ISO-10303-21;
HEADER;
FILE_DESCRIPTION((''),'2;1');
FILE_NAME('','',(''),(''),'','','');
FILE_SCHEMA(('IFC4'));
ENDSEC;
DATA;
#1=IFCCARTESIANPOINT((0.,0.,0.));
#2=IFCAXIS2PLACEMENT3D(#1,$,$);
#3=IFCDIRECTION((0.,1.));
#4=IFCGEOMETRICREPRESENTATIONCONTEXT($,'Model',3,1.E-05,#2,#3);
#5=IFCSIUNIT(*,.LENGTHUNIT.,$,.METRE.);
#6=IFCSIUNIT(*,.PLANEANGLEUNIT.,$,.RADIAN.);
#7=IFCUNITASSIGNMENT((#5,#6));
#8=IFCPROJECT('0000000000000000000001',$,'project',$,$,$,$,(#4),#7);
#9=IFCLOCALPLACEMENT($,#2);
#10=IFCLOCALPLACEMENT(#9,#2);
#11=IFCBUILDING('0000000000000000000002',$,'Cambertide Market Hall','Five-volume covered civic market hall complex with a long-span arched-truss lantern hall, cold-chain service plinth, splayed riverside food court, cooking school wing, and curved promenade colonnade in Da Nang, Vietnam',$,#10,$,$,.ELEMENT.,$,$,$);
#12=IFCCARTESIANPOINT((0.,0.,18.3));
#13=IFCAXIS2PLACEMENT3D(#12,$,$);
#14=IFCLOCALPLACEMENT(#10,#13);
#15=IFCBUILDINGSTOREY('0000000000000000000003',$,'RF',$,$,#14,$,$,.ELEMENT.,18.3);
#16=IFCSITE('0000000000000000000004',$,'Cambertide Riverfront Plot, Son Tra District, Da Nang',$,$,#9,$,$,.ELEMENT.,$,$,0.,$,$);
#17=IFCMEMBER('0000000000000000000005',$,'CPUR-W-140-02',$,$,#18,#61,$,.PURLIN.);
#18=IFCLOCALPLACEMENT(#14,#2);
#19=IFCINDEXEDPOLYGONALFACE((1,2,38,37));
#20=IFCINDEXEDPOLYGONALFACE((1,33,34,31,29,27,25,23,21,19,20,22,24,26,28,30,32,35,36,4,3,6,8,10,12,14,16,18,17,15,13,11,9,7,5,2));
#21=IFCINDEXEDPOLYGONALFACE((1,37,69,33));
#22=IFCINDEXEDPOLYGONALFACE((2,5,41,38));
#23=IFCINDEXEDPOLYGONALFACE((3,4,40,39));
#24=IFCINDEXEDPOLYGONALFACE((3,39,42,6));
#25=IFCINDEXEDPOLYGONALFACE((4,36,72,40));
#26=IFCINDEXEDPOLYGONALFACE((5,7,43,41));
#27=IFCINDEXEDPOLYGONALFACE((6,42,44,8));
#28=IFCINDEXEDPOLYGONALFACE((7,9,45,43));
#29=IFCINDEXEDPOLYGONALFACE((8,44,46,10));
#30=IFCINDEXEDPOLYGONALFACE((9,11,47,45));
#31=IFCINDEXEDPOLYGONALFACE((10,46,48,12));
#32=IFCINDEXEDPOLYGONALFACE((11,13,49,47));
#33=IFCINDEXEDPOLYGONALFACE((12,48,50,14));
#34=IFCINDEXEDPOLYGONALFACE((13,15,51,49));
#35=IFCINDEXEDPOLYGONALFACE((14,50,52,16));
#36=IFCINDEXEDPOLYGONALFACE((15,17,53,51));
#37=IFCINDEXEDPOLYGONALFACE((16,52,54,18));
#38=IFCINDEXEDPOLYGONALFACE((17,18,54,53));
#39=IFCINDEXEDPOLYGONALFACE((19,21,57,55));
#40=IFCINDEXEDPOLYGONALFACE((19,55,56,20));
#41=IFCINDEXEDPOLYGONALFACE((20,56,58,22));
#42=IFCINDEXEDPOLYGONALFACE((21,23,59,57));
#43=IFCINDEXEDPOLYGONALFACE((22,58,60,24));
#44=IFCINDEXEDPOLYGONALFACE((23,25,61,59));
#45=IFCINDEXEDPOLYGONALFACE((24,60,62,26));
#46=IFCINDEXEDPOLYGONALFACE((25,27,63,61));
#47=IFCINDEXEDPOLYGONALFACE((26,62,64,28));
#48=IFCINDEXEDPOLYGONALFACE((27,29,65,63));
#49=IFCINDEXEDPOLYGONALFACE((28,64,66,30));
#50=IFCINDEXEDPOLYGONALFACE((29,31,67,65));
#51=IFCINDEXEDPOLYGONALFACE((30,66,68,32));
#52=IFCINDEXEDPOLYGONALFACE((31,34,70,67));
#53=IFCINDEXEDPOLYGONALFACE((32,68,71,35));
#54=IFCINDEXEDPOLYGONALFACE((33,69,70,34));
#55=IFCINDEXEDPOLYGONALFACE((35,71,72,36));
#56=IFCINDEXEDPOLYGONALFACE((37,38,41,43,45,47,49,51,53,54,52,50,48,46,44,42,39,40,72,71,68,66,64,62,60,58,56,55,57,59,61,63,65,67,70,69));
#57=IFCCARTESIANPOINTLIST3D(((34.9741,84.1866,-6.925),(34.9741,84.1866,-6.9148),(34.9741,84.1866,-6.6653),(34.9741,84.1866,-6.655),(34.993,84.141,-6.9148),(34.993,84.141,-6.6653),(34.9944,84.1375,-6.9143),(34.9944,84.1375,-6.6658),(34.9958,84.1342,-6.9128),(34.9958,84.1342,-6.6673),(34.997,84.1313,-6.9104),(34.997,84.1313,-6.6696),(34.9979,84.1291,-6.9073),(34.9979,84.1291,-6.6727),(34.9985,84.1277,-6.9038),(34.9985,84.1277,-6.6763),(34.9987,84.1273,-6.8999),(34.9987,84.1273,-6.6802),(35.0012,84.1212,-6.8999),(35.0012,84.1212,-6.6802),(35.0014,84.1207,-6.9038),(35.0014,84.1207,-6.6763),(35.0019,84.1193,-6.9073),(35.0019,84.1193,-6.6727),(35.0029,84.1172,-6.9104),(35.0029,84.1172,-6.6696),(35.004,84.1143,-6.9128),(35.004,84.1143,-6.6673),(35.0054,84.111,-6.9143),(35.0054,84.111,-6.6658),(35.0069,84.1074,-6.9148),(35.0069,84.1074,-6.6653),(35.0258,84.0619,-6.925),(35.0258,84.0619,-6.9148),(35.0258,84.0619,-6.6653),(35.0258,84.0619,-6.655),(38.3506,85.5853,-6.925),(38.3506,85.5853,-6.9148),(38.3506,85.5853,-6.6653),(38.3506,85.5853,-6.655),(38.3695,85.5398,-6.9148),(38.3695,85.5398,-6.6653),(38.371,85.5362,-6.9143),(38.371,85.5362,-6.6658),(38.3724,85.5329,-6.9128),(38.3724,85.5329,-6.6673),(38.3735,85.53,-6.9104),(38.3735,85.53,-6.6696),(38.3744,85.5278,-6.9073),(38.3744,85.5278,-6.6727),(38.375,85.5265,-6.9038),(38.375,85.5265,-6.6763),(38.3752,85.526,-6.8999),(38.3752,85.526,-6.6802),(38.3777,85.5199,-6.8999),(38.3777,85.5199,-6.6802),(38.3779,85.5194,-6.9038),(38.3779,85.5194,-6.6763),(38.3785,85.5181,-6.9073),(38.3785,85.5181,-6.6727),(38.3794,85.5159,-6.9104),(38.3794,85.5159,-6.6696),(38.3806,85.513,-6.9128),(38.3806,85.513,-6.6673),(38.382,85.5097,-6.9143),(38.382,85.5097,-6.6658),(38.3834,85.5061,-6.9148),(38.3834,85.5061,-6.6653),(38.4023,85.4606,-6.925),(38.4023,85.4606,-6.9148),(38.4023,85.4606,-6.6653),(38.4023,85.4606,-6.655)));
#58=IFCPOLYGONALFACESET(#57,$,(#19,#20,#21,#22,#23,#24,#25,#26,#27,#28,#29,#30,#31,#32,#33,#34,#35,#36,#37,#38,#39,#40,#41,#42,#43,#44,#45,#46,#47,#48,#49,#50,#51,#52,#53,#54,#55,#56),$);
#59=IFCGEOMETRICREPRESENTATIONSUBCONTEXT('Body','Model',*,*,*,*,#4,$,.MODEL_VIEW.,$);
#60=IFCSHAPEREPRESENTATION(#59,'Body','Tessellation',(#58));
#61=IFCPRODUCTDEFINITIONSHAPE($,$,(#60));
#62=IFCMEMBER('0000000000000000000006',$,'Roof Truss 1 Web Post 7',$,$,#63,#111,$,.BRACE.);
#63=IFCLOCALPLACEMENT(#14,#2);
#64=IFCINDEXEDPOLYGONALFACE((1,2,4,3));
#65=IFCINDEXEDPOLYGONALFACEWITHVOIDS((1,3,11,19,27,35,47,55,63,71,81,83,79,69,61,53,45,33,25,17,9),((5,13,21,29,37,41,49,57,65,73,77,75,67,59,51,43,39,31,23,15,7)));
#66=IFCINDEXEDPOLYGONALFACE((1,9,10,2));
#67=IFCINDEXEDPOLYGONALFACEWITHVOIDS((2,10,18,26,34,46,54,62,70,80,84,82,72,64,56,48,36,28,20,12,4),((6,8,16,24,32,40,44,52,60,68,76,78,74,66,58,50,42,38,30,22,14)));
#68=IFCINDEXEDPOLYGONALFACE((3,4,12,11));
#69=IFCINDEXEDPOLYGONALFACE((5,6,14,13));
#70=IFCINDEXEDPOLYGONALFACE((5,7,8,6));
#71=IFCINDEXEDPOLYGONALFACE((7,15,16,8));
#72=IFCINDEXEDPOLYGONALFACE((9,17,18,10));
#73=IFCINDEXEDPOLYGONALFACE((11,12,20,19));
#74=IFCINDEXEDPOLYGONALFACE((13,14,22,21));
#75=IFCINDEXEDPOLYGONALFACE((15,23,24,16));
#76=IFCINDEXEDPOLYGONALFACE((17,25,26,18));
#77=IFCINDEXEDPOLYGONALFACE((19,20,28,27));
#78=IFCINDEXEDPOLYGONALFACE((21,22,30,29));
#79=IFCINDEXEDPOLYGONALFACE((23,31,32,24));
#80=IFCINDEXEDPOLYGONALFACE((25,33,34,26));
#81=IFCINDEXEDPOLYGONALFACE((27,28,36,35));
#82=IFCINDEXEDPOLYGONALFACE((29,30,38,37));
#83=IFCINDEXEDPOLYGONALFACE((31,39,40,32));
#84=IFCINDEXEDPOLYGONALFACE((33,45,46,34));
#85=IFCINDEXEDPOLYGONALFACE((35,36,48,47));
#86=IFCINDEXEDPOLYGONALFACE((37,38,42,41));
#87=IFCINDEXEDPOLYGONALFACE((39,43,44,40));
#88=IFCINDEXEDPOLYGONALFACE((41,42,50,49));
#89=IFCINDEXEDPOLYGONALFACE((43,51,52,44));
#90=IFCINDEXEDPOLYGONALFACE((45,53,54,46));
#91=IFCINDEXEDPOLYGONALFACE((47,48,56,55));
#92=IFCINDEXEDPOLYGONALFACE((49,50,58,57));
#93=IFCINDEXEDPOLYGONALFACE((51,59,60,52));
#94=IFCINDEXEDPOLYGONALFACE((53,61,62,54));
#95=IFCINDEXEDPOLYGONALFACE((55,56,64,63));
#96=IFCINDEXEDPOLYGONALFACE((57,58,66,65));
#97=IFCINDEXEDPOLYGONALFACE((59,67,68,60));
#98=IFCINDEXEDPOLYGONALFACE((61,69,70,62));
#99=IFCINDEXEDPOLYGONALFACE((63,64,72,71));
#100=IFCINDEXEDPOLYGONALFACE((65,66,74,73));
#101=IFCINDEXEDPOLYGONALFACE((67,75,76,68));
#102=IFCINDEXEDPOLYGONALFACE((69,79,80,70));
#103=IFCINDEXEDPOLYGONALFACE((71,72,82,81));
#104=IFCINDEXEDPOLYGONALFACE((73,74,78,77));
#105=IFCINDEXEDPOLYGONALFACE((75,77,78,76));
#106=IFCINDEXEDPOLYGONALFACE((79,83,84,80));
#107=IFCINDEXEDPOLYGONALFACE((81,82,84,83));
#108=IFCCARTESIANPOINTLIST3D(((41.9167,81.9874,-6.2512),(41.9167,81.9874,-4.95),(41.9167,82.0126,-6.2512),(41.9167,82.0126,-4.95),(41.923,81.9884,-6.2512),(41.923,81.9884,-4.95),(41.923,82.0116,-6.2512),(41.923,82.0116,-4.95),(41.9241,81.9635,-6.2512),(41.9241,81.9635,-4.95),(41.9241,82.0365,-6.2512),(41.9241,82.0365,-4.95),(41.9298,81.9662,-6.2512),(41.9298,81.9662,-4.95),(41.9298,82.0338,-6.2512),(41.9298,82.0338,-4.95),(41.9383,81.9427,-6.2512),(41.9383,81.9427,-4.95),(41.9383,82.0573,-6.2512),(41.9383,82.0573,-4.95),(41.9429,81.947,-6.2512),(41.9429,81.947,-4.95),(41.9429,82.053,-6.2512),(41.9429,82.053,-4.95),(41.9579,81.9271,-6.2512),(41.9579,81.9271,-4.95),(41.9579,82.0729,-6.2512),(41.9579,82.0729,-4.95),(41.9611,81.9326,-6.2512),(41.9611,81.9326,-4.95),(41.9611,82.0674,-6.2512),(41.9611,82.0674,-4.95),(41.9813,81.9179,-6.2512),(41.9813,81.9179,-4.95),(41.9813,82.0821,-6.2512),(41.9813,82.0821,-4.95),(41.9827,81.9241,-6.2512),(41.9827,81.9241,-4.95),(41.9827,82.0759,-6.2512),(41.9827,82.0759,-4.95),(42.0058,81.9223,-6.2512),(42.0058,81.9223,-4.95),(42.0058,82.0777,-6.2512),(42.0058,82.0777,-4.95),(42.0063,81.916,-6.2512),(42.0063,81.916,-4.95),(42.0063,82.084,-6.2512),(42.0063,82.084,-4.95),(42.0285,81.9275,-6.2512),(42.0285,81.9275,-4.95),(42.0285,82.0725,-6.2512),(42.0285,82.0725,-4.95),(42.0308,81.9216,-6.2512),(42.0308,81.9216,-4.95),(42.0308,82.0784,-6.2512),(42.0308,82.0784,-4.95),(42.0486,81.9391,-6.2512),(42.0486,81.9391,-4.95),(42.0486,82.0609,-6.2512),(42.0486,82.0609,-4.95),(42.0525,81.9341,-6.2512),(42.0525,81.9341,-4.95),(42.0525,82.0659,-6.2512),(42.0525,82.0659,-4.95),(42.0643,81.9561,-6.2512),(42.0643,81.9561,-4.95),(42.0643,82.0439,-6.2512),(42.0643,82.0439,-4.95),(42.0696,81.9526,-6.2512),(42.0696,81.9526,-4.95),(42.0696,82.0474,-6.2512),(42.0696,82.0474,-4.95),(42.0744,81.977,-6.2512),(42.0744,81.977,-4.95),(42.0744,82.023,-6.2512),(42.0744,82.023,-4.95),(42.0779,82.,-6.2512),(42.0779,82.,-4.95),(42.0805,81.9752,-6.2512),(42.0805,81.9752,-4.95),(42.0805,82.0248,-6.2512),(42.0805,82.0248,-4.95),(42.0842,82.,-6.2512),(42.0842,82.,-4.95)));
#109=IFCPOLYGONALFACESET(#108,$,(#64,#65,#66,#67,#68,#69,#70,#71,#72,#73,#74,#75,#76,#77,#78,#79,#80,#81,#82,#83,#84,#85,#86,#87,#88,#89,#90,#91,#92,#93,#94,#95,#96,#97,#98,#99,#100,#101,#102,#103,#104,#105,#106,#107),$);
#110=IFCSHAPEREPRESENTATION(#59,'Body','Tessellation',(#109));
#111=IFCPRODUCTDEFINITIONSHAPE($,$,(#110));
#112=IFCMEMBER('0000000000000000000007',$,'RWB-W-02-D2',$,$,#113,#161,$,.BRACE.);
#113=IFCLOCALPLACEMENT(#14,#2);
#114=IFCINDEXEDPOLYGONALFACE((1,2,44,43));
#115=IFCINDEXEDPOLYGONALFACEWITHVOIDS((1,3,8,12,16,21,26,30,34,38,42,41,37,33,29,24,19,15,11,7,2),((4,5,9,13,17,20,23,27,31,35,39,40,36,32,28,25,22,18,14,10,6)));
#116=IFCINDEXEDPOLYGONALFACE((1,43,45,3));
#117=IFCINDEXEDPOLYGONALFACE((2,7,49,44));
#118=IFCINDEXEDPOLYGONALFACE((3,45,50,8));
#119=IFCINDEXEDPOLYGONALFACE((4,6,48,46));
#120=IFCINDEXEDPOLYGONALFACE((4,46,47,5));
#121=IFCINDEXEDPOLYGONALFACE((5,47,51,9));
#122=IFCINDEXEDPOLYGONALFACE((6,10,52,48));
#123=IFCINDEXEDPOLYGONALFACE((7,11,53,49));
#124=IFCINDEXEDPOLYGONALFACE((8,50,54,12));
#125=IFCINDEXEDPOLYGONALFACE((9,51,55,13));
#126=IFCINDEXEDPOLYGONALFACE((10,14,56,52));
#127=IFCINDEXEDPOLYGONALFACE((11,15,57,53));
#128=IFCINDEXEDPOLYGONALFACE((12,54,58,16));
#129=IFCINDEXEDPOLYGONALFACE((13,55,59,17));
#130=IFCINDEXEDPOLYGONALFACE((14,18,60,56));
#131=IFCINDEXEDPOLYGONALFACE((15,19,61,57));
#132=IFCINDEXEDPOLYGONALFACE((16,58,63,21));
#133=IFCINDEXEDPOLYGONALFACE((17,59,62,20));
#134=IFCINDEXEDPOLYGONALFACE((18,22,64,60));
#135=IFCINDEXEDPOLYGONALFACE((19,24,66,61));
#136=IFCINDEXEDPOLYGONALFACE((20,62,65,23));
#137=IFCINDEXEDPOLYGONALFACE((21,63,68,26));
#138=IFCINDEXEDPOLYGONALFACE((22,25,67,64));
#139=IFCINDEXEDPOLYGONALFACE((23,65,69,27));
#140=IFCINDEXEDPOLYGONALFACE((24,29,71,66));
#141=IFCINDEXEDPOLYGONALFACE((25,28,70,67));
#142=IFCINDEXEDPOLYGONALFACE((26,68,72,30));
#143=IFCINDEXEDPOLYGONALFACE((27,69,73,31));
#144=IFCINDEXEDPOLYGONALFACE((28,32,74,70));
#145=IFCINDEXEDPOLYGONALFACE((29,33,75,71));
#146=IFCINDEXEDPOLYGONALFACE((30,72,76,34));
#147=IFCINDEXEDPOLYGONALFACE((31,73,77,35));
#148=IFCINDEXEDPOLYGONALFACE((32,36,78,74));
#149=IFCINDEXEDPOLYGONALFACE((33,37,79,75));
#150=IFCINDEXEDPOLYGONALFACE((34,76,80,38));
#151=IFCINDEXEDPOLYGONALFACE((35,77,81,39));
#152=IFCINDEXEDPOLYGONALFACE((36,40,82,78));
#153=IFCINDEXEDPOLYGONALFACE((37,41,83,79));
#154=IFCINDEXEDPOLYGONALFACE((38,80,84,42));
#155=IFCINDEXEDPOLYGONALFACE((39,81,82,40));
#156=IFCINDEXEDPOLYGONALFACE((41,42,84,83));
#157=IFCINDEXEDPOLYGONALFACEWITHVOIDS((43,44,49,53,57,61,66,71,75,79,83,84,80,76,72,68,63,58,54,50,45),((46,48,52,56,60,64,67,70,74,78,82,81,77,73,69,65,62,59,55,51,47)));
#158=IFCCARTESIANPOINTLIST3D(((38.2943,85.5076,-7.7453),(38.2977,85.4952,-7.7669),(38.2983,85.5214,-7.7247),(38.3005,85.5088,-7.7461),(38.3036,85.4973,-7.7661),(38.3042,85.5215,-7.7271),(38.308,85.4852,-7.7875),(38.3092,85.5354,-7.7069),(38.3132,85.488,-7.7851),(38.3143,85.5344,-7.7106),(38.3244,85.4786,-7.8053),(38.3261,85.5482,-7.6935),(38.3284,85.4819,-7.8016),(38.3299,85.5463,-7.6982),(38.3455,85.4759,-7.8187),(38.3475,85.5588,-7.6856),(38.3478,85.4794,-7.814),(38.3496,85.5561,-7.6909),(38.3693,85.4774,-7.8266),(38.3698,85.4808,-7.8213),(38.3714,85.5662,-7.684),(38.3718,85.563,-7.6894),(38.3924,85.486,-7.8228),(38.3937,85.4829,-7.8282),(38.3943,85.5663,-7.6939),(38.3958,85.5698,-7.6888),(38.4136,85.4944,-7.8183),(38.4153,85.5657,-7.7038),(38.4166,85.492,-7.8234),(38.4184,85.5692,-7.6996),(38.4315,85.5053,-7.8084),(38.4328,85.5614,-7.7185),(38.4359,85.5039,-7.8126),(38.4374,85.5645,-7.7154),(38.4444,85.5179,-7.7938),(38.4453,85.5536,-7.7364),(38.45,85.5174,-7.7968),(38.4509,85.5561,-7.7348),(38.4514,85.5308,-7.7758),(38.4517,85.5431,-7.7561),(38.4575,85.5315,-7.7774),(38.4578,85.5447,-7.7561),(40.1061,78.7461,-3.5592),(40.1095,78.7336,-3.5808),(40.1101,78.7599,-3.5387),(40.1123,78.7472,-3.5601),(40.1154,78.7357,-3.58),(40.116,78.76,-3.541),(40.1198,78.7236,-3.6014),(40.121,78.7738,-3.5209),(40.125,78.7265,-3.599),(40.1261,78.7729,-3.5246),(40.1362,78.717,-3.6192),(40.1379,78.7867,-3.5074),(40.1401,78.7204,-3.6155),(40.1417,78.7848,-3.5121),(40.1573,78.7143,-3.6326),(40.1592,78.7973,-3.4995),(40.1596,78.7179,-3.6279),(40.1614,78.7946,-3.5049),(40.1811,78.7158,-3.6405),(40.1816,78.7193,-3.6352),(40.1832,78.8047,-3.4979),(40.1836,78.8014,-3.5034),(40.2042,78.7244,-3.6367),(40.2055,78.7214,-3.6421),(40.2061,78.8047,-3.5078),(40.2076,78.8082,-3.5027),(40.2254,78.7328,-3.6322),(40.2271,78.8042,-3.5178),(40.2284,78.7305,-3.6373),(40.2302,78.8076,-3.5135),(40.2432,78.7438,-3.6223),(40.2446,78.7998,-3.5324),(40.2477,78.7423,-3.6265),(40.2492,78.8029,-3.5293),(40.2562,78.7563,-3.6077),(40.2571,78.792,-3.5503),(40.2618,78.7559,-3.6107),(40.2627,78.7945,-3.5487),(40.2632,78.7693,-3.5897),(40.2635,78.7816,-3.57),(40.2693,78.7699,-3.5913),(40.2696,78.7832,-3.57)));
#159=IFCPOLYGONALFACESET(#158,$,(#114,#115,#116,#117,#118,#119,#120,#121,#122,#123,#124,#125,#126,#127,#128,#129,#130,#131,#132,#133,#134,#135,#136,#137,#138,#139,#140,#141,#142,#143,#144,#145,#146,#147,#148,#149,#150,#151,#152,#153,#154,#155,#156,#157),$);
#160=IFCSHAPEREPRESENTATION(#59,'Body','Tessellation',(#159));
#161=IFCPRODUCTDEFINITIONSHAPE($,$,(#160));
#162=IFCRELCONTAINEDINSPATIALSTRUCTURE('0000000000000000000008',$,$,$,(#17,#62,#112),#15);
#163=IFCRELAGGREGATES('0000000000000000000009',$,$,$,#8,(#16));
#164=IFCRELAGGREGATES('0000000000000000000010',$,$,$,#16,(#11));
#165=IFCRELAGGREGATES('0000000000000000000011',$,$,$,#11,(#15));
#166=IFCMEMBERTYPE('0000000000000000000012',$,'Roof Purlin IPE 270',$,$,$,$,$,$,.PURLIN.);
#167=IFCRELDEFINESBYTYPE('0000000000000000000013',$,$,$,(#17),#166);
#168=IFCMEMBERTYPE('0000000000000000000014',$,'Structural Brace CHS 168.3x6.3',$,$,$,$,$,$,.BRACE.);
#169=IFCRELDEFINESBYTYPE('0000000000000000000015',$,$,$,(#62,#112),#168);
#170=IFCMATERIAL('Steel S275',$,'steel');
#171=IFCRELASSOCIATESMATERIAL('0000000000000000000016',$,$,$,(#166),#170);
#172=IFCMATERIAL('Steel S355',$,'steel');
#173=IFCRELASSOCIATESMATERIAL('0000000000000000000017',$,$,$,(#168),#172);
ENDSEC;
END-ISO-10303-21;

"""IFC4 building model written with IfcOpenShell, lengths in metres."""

from ifc_helpers import new_model, si_unit, direction, frame, origin, origin_2d, place, context, subcontext, project, spatial, hollow_circle, i_section, extrude, material, material_profile, profile_set, type_object, element, save


model = new_model("IFC4")

# Units and contexts
model_context = context("Model", 3, precision=1e-05, world=origin(), true_north=direction((0.0, 1.0)))
body_context = subcontext(model_context, "Body", "Model", "MODEL_VIEW")
ifc_project = project(units=[si_unit("LENGTHUNIT", "METRE"), si_unit("PLANEANGLEUNIT", "RADIAN")], contexts=[model_context])

# Site, building, storey
site_placement = place(None, origin())
site = spatial("IfcSite", under=ifc_project, at=site_placement, Name="Cambertide Riverfront Plot, Son Tra District, Da Nang", CompositionType="ELEMENT", RefElevation=0.0)
building_placement = place(site_placement, origin())
building = spatial("IfcBuilding", under=site, at=building_placement, Name="Cambertide Market Hall", Description="Five-volume covered civic market hall complex with a long-span arched-truss lantern hall, cold-chain service plinth, splayed riverside food court, cooking school wing, and curved promenade colonnade in Da Nang, Vietnam", CompositionType="ELEMENT")
storey_placement = place(building_placement, frame((0.0, 0.0, 18.3)))
storey = spatial("IfcBuildingStorey", under=building, at=storey_placement, Name="RF", CompositionType="ELEMENT", Elevation=18.3)

# Members
ifc_material_1 = material(Name="Steel S275", Category="steel")
ifc_material_profile_1 = material_profile(ifc_material_1, i_section(OverallWidth=0.135, OverallDepth=0.27, WebThickness=0.0066, FlangeThickness=0.0103, FilletRadius=0.0149, at=origin_2d()), Name="IPE 270")
ifc_profile_set_1 = profile_set([ifc_material_profile_1], Name="Steel S275")
member_type_1 = type_object("IfcMemberType", Name="Roof Purlin IPE 270", PredefinedType="PURLIN", material=ifc_profile_set_1)
for number, where, z_axis, x_axis, name in (
    (1, (38.3765, 85.5229, -6.79), (-0.923869, -0.382708, 0.0), (0.382708, -0.923869, 0.0), "CPUR-W-140-02"),
):
    element("IfcMember", number, at=place(storey_placement, frame(where, z_axis=z_axis, x_axis=x_axis)), inside=storey, type_object=member_type_1, Name=name, PredefinedType="PURLIN", context=body_context, shape_type="SweptSolid", body=[
        extrude(i_section(OverallWidth=0.135, OverallDepth=0.27, WebThickness=0.0066, FlangeThickness=0.0103, FilletRadius=0.0149, at=origin_2d()), origin(), (0.0, 0.0, 1.0), 3.6548),
    ])
ifc_material_2 = material(Name="Steel S355", Category="steel")
ifc_material_profile_2 = material_profile(ifc_material_2, hollow_circle(Radius=0.0842, WallThickness=0.0063, at=origin_2d()), Name="CHS 168.3x6.3")
ifc_profile_set_2 = profile_set([ifc_material_profile_2], Name="Steel S355")
member_type_2 = type_object("IfcMemberType", Name="Structural Brace CHS 168.3x6.3", PredefinedType="BRACE", material=ifc_profile_set_2)
member_1_placement = place(storey_placement, frame((42.0, 82.0, -6.2512), z_axis=(0.0, 0.0, 1.0), x_axis=(1.0, 0.0, 0.0)))
element("IfcMember", 2, at=member_1_placement, inside=storey, type_object=member_type_2, Name="Roof Truss 1 Web Post 7", PredefinedType="BRACE", context=body_context, shape_type="SweptSolid", body=[
    extrude(hollow_circle(Radius=0.0842, WallThickness=0.0063, at=origin_2d()), origin(), (0.0, 0.0, 1.0), 1.3013),
])
member_2_placement = place(storey_placement, frame((38.3765, 85.5229, -7.7561), z_axis=(0.222135, -0.829002, 0.513236), x_axis=(0.965925, 0.258824, 0.0)))
element("IfcMember", 3, at=member_2_placement, inside=storey, type_object=member_type_2, Name="RWB-W-02-D2", PredefinedType="BRACE", context=body_context, shape_type="SweptSolid", body=[
    extrude(hollow_circle(Radius=0.0842, WallThickness=0.0063, at=origin_2d()), origin(), (0.0, 0.0, 1.0), 8.1562),
])

save(model, "model.ifc")
